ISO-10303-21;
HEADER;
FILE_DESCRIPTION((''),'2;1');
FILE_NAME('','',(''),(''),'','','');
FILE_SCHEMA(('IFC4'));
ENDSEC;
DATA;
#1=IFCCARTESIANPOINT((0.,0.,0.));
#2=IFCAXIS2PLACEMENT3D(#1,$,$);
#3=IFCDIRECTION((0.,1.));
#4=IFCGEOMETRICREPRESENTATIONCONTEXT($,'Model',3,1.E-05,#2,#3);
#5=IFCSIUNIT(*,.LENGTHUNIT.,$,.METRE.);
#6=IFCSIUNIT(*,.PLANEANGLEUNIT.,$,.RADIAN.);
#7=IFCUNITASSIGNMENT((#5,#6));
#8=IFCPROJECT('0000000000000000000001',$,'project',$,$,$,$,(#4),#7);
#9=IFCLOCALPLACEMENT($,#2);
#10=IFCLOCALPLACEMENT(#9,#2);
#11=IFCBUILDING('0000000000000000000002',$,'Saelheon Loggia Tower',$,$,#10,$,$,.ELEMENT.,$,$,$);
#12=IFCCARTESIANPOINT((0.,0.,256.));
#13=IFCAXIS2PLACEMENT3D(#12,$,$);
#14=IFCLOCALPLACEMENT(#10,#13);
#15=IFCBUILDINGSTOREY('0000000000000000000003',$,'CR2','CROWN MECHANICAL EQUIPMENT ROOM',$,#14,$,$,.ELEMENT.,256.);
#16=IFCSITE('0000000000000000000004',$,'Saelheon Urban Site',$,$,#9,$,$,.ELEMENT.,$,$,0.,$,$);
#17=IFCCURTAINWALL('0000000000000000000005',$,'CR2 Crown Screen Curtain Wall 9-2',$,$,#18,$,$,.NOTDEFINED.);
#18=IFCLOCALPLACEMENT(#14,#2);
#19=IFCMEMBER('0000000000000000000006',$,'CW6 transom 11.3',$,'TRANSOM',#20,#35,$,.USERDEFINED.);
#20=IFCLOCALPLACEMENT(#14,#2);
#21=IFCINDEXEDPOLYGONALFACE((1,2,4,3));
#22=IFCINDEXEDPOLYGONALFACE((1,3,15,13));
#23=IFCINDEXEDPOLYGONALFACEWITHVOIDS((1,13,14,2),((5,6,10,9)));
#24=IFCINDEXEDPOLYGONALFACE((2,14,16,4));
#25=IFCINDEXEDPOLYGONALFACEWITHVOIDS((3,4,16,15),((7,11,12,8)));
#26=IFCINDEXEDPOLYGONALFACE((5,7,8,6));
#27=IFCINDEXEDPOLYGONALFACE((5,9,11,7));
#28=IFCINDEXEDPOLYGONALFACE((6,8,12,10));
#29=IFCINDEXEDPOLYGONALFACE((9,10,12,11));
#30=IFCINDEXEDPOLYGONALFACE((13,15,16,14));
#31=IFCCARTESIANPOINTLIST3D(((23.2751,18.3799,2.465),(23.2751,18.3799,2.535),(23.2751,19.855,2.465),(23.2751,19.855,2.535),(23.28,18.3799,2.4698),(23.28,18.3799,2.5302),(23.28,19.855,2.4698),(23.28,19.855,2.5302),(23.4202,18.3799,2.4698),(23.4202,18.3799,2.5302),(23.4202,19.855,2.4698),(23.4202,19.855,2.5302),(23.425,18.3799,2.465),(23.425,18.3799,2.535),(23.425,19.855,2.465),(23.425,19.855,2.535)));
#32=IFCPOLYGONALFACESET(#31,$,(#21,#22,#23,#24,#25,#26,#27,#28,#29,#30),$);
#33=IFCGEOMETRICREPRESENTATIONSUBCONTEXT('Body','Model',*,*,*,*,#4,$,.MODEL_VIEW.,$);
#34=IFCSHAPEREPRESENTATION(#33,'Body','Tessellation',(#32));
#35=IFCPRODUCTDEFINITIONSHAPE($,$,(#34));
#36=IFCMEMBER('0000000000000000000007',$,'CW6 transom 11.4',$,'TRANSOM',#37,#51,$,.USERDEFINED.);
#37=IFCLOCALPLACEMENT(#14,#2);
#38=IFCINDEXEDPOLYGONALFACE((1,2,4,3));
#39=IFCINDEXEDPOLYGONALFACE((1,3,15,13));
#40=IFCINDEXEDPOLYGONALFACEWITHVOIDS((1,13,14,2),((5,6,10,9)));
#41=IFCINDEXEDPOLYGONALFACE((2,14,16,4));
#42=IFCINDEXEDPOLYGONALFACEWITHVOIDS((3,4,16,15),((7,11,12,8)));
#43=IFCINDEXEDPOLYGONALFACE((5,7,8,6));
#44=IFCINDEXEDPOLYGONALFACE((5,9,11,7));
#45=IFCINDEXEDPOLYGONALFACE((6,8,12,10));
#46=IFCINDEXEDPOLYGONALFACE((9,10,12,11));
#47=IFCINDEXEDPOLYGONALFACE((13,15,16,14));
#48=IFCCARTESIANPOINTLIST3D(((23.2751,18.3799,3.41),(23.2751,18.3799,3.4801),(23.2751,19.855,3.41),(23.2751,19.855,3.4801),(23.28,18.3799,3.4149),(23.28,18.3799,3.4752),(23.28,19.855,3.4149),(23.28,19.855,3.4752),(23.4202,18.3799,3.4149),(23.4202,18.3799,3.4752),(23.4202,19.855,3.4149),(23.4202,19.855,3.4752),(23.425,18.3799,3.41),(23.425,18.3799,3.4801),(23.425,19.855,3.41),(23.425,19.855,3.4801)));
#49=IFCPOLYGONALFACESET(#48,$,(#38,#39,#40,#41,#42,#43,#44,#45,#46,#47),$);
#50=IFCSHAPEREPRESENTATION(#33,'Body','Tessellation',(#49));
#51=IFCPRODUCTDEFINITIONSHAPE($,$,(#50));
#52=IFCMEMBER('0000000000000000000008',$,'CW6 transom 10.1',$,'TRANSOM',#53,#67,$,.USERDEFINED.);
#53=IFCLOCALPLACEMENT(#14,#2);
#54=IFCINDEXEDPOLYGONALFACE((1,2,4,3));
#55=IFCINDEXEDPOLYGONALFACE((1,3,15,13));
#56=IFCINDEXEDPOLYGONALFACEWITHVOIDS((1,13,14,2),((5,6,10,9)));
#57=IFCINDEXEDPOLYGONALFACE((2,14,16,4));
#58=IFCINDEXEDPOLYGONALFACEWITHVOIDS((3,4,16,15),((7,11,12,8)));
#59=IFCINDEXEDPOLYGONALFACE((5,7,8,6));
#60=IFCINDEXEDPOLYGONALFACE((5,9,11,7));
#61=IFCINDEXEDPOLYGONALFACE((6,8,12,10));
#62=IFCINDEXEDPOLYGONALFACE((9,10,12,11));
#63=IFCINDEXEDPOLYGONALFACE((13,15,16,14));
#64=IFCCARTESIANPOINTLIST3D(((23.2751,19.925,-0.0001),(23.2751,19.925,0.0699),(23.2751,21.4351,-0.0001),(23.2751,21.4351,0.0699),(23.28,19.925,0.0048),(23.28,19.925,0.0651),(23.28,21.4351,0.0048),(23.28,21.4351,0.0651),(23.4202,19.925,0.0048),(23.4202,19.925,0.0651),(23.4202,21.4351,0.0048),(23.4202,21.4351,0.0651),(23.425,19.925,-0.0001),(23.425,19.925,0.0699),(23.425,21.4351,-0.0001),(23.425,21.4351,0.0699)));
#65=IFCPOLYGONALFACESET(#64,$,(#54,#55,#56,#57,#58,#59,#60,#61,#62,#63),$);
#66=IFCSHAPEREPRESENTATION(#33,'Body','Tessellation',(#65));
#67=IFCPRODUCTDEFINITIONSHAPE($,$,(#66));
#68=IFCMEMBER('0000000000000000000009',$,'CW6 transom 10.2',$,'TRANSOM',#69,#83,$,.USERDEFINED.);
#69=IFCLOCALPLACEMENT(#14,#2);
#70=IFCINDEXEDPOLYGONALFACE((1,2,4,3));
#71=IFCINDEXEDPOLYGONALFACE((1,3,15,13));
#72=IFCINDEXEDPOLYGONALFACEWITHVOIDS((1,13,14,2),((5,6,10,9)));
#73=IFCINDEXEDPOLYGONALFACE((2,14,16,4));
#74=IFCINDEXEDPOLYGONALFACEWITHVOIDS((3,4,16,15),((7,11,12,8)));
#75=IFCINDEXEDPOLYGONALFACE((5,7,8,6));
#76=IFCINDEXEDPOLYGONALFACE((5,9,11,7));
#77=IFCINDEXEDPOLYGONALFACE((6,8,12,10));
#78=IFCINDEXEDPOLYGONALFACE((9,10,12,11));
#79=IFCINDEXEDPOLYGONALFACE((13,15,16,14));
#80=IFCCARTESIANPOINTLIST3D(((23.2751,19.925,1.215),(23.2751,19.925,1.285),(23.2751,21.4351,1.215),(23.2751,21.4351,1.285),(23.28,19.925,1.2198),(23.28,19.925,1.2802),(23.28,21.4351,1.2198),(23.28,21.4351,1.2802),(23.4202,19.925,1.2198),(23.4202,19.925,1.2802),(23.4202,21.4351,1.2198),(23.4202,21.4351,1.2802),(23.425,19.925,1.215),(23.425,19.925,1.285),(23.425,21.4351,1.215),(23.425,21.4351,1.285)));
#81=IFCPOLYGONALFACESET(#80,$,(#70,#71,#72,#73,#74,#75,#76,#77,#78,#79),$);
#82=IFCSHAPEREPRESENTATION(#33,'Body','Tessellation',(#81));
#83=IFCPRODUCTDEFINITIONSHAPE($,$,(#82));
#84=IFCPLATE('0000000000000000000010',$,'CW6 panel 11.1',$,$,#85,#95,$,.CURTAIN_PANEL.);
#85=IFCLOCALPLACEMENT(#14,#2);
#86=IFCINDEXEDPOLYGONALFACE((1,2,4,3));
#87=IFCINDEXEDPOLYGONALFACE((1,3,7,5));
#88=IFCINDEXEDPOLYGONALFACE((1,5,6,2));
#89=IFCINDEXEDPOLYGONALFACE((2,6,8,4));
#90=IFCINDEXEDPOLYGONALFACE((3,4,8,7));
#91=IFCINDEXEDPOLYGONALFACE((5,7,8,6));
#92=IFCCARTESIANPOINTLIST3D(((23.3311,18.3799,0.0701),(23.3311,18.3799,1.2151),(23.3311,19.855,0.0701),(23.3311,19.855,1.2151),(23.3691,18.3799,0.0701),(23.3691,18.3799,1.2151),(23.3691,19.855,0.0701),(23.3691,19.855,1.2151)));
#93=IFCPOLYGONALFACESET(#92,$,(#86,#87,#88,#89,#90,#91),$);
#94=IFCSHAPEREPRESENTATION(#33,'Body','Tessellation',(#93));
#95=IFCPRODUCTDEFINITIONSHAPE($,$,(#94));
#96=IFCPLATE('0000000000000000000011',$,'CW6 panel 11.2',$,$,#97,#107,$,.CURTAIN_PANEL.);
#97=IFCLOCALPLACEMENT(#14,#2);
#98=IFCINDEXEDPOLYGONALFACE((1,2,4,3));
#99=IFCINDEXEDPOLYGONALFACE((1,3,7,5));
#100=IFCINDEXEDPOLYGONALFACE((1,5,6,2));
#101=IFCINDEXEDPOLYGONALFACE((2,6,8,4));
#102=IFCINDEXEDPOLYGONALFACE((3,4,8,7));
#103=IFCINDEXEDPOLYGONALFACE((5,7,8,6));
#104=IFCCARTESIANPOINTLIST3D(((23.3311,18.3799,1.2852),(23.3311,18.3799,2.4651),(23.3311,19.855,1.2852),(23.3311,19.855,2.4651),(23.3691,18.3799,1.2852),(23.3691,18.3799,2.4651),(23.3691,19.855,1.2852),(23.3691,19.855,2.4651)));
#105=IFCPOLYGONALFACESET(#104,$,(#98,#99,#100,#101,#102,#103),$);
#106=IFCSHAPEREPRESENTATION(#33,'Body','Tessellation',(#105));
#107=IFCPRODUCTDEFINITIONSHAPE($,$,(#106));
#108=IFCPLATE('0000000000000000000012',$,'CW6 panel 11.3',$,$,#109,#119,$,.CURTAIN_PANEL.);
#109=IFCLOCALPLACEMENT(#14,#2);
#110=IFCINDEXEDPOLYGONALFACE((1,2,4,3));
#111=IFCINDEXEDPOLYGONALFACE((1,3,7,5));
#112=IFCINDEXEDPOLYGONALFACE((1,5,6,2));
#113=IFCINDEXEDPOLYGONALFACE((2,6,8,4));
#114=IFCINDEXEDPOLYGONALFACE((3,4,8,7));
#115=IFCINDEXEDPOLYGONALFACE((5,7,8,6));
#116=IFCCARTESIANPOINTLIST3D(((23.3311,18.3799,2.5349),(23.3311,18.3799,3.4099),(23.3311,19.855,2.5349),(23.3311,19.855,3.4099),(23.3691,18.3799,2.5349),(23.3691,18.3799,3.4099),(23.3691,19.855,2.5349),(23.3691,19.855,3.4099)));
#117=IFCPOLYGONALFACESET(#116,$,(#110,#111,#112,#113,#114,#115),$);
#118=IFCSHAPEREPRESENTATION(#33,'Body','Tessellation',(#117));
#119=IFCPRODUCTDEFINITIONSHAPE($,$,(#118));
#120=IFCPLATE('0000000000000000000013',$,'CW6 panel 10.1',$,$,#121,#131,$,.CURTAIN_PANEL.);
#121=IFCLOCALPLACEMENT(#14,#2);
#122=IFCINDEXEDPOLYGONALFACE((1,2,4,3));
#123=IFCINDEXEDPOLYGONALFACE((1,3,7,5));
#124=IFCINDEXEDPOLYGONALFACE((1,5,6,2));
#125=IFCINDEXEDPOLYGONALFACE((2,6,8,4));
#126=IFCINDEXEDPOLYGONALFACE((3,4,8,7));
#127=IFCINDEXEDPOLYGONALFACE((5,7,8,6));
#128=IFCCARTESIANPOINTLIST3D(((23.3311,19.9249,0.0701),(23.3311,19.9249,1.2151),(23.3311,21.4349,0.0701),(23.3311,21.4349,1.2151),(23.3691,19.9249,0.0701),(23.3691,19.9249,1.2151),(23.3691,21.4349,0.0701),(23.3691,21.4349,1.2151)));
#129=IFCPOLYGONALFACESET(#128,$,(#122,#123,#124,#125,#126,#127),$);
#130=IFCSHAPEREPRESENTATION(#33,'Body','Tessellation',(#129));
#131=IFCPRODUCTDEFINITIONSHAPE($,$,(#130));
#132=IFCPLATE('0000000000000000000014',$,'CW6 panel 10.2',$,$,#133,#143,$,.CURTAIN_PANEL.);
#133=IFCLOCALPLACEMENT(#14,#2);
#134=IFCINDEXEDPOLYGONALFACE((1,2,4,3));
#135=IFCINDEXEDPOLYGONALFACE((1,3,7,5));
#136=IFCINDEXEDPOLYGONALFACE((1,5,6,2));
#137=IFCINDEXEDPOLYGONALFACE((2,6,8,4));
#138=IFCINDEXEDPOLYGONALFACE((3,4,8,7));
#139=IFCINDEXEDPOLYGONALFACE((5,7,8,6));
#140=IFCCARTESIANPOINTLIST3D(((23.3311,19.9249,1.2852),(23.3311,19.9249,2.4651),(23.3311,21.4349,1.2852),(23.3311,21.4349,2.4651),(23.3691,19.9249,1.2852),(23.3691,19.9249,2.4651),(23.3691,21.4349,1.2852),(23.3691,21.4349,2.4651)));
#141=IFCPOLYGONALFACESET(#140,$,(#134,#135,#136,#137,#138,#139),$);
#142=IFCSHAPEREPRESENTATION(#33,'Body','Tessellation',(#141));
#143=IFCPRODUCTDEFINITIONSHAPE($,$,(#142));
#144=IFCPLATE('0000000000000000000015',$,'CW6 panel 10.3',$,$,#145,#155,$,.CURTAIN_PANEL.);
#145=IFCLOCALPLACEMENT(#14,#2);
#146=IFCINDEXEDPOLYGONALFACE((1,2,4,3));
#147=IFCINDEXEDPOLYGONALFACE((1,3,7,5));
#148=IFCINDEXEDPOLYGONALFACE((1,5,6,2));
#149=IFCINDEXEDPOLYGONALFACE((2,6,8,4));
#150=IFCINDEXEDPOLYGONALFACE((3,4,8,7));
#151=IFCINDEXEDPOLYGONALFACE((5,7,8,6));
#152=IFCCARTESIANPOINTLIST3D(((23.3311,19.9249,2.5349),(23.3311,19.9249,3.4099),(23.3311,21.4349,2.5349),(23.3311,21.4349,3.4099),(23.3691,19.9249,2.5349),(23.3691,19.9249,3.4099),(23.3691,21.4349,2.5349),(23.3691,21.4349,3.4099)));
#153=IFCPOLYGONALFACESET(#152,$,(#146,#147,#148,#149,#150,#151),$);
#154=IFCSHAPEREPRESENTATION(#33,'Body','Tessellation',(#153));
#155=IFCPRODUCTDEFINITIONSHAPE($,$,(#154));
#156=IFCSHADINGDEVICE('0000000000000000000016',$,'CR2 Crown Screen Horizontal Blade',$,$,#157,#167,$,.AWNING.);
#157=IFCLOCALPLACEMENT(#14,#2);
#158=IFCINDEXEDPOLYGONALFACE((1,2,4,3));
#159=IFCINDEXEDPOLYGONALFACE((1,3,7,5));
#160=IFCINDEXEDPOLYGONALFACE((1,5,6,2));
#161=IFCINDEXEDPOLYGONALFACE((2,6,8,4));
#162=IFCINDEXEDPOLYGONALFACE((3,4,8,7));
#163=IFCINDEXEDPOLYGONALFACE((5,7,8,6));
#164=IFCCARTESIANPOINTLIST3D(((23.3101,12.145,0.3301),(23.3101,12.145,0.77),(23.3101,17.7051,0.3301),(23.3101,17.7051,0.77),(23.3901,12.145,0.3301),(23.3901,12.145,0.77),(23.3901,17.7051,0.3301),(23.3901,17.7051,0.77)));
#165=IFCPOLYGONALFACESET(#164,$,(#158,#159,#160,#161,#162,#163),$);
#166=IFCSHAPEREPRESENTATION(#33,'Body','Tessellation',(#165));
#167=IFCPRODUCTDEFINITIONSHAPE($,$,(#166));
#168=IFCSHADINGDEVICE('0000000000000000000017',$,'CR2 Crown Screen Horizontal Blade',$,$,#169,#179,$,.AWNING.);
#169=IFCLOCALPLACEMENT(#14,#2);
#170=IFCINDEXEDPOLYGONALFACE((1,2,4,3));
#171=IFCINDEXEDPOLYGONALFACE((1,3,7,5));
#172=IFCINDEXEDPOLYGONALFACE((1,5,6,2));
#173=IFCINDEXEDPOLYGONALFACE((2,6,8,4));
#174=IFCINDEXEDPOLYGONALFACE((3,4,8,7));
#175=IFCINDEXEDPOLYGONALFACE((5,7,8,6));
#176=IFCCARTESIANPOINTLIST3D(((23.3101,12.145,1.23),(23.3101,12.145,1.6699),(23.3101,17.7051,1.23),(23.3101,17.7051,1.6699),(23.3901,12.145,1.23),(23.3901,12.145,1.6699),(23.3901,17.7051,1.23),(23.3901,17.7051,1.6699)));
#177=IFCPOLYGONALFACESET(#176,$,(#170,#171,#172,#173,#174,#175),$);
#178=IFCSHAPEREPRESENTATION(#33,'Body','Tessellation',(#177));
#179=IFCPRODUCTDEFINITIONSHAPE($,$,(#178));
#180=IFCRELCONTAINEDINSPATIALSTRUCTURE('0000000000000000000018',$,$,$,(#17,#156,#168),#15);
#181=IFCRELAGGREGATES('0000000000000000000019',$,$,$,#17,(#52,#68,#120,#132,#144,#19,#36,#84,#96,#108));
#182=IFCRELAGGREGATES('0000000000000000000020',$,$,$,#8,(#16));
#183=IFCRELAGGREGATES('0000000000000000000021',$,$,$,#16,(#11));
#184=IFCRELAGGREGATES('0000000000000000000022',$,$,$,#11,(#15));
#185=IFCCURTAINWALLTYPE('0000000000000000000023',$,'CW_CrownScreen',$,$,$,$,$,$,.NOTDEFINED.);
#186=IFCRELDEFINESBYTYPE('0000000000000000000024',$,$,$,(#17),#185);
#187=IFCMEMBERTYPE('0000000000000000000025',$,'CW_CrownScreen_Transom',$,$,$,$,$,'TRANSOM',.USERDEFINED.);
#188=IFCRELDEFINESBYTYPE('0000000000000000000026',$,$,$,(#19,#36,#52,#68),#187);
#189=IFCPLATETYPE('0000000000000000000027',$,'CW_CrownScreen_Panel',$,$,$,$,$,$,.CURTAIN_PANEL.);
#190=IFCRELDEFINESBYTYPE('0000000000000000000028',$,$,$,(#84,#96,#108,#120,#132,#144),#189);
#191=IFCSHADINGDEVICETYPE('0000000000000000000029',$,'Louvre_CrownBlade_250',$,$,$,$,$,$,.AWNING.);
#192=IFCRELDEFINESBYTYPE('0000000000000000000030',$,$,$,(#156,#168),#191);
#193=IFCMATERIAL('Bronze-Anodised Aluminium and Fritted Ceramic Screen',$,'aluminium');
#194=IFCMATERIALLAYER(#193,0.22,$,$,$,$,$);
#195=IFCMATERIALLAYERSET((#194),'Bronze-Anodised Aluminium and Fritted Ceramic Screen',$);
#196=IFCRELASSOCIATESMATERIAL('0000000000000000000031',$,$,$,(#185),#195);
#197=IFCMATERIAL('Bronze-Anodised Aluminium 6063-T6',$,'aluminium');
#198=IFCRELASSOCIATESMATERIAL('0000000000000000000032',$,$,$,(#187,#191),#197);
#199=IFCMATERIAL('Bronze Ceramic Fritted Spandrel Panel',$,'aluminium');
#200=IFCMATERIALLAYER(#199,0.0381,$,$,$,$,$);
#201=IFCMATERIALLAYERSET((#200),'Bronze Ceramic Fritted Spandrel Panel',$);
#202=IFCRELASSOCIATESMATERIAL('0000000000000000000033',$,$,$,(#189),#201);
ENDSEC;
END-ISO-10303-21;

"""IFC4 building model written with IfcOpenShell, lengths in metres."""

from ifc_helpers import new_model, si_unit, direction, frame, origin, origin_2d, place, context, subcontext, project, spatial, rectangle, hollow_rectangle, extrude, source, transform, mapped, material, layer, layer_set, material_profile, profile_set, type_object, element, aggregate, save


model = new_model("IFC4")

# Units and contexts
model_context = context("Model", 3, precision=1e-05, world=origin(), true_north=direction((0.0, 1.0)))
body_context = subcontext(model_context, "Body", "Model", "MODEL_VIEW")
ifc_project = project(units=[si_unit("LENGTHUNIT", "METRE"), si_unit("PLANEANGLEUNIT", "RADIAN")], contexts=[model_context])

# Site, building, storey
site_placement = place(None, origin())
site = spatial("IfcSite", under=ifc_project, at=site_placement, Name="Saelheon Urban Site", CompositionType="ELEMENT", RefElevation=0.0)
building_placement = place(site_placement, origin())
building = spatial("IfcBuilding", under=site, at=building_placement, Name="Saelheon Loggia Tower", CompositionType="ELEMENT")
storey_placement = place(building_placement, frame((0.0, 0.0, 256.0)))
storey = spatial("IfcBuildingStorey", under=building, at=storey_placement, Name="CR2", Description="CROWN MECHANICAL EQUIPMENT ROOM", CompositionType="ELEMENT", Elevation=256.0)

# Curtain wall
ifc_material_1 = material(Name="Bronze-Anodised Aluminium and Fritted Ceramic Screen", Category="aluminium")
ifc_layer_1 = layer(ifc_material_1, 0.22)
ifc_layer_set_1 = layer_set([ifc_layer_1], Name="Bronze-Anodised Aluminium and Fritted Ceramic Screen")
curtain_wall_type = type_object("IfcCurtainWallType", Name="CW_CrownScreen", PredefinedType="NOTDEFINED", material=ifc_layer_set_1)
curtain_wall_1_placement = place(storey_placement, origin())
curtain_wall_1 = element("IfcCurtainWall", 1, at=curtain_wall_1_placement, inside=storey, type_object=curtain_wall_type, Name="CR2 Crown Screen Curtain Wall 9-2", PredefinedType="NOTDEFINED")
ifc_material_2 = material(Name="Bronze-Anodised Aluminium 6063-T6", Category="aluminium")
ifc_material_profile_1 = material_profile(ifc_material_2, hollow_rectangle(XDim=0.0701, YDim=0.1499, WallThickness=0.0049, at=origin_2d()), Name="RHS-150x70x5")
ifc_profile_set_1 = profile_set([ifc_material_profile_1], Name="Bronze-Anodised Aluminium 6063-T6")
member_type_1 = type_object("IfcMemberType", Name="CW_CrownScreen_Transom", ElementType="TRANSOM", PredefinedType="USERDEFINED", material=ifc_profile_set_1)

# Members
shared_shape_1 = source(origin(), body_context, "Body", "SweptSolid", [
    extrude(hollow_rectangle(XDim=0.0701, YDim=0.1499, WallThickness=0.0049, at=origin_2d()), origin(), (0.0, 0.0, 1.0), 1.4751),
])
member_1_placement = place(storey_placement, frame((23.3501, 19.855, 2.5), z_axis=(0.0, -1.0, 0.0), x_axis=(0.0, 0.0, 1.0)))
member_1 = element("IfcMember", 2, at=member_1_placement, type_object=member_type_1, Name="CW6 transom 11.3", ObjectType="TRANSOM", PredefinedType="USERDEFINED", context=body_context, shape_type="MappedRepresentation", body=[
    mapped(shared_shape_1, transform((0.0, 0.0, 0.0), scale=1.0)),
])
member_2_placement = place(storey_placement, frame((23.3501, 19.855, 3.4451), z_axis=(0.0, -1.0, 0.0), x_axis=(0.0, 0.0, 1.0)))
member_2 = element("IfcMember", 3, at=member_2_placement, type_object=member_type_1, Name="CW6 transom 11.4", ObjectType="TRANSOM", PredefinedType="USERDEFINED", context=body_context, shape_type="MappedRepresentation", body=[
    mapped(shared_shape_1, transform((0.0, 0.0, 0.0), scale=1.0)),
])
shared_shape_2 = source(origin(), body_context, "Body", "SweptSolid", [
    extrude(hollow_rectangle(XDim=0.0701, YDim=0.1499, WallThickness=0.0049, at=origin_2d()), origin(), (0.0, 0.0, 1.0), 1.51),
])
member_3_placement = place(storey_placement, frame((23.3501, 21.4351, 0.0349), z_axis=(0.0, -1.0, 0.0), x_axis=(0.0, 0.0, 1.0)))
member_3 = element("IfcMember", 4, at=member_3_placement, type_object=member_type_1, Name="CW6 transom 10.1", ObjectType="TRANSOM", PredefinedType="USERDEFINED", context=body_context, shape_type="MappedRepresentation", body=[
    mapped(shared_shape_2, transform((0.0, 0.0, 0.0), scale=1.0)),
])
member_4_placement = place(storey_placement, frame((23.3501, 21.4351, 1.25), z_axis=(0.0, -1.0, 0.0), x_axis=(0.0, 0.0, 1.0)))
member_4 = element("IfcMember", 5, at=member_4_placement, type_object=member_type_1, Name="CW6 transom 10.2", ObjectType="TRANSOM", PredefinedType="USERDEFINED", context=body_context, shape_type="MappedRepresentation", body=[
    mapped(shared_shape_2, transform((0.0, 0.0, 0.0), scale=1.0)),
])

# Plates
ifc_material_3 = material(Name="Bronze Ceramic Fritted Spandrel Panel", Category="aluminium")
ifc_layer_2 = layer(ifc_material_3, 0.0381)
ifc_layer_set_2 = layer_set([ifc_layer_2], Name="Bronze Ceramic Fritted Spandrel Panel")
plate_type = type_object("IfcPlateType", Name="CW_CrownScreen_Panel", PredefinedType="CURTAIN_PANEL", material=ifc_layer_set_2)
shared_shape_3 = source(origin(), body_context, "Body", "SweptSolid", [
    extrude(rectangle(XDim=1.4751, YDim=0.0381, at=origin_2d()), origin(), (0.0, 0.0, 1.0), 1.145),
])
plate_1_placement = place(storey_placement, frame((23.3501, 19.1174, 0.0701), z_axis=(0.0, 0.0, 1.0), x_axis=(0.0, -1.0, 0.0)))
plate_1 = element("IfcPlate", 6, at=plate_1_placement, type_object=plate_type, Name="CW6 panel 11.1", PredefinedType="CURTAIN_PANEL", context=body_context, shape_type="MappedRepresentation", body=[
    mapped(shared_shape_3, transform((0.0, 0.0, 0.0), scale=1.0)),
])
shared_shape_4 = source(origin(), body_context, "Body", "SweptSolid", [
    extrude(rectangle(XDim=1.4751, YDim=0.0381, at=origin_2d()), origin(), (0.0, 0.0, 1.0), 1.1799),
])
plate_2_placement = place(storey_placement, frame((23.3501, 19.1174, 1.2852), z_axis=(0.0, 0.0, 1.0), x_axis=(0.0, -1.0, 0.0)))
plate_2 = element("IfcPlate", 7, at=plate_2_placement, type_object=plate_type, Name="CW6 panel 11.2", PredefinedType="CURTAIN_PANEL", context=body_context, shape_type="MappedRepresentation", body=[
    mapped(shared_shape_4, transform((0.0, 0.0, 0.0), scale=1.0)),
])
shared_shape_5 = source(origin(), body_context, "Body", "SweptSolid", [
    extrude(rectangle(XDim=1.4751, YDim=0.0381, at=origin_2d()), origin(), (0.0, 0.0, 1.0), 0.875),
])
plate_3_placement = place(storey_placement, frame((23.3501, 19.1174, 2.5349), z_axis=(0.0, 0.0, 1.0), x_axis=(0.0, -1.0, 0.0)))
plate_3 = element("IfcPlate", 8, at=plate_3_placement, type_object=plate_type, Name="CW6 panel 11.3", PredefinedType="CURTAIN_PANEL", context=body_context, shape_type="MappedRepresentation", body=[
    mapped(shared_shape_5, transform((0.0, 0.0, 0.0), scale=1.0)),
])
shared_shape_6 = source(origin(), body_context, "Body", "SweptSolid", [
    extrude(rectangle(XDim=1.51, YDim=0.0381, at=origin_2d()), origin(), (0.0, 0.0, 1.0), 1.145),
])
plate_4_placement = place(storey_placement, frame((23.3501, 20.6799, 0.0701), z_axis=(0.0, 0.0, 1.0), x_axis=(0.0, -1.0, 0.0)))
plate_4 = element("IfcPlate", 9, at=plate_4_placement, type_object=plate_type, Name="CW6 panel 10.1", PredefinedType="CURTAIN_PANEL", context=body_context, shape_type="MappedRepresentation", body=[
    mapped(shared_shape_6, transform((0.0, 0.0, 0.0), scale=1.0)),
])
shared_shape_7 = source(origin(), body_context, "Body", "SweptSolid", [
    extrude(rectangle(XDim=1.51, YDim=0.0381, at=origin_2d()), origin(), (0.0, 0.0, 1.0), 1.1799),
])
plate_5_placement = place(storey_placement, frame((23.3501, 20.6799, 1.2852), z_axis=(0.0, 0.0, 1.0), x_axis=(0.0, -1.0, 0.0)))
plate_5 = element("IfcPlate", 10, at=plate_5_placement, type_object=plate_type, Name="CW6 panel 10.2", PredefinedType="CURTAIN_PANEL", context=body_context, shape_type="MappedRepresentation", body=[
    mapped(shared_shape_7, transform((0.0, 0.0, 0.0), scale=1.0)),
])
shared_shape_8 = source(origin(), body_context, "Body", "SweptSolid", [
    extrude(rectangle(XDim=1.51, YDim=0.0381, at=origin_2d()), origin(), (0.0, 0.0, 1.0), 0.875),
])
plate_6_placement = place(storey_placement, frame((23.3501, 20.6799, 2.5349), z_axis=(0.0, 0.0, 1.0), x_axis=(0.0, -1.0, 0.0)))
plate_6 = element("IfcPlate", 11, at=plate_6_placement, type_object=plate_type, Name="CW6 panel 10.3", PredefinedType="CURTAIN_PANEL", context=body_context, shape_type="MappedRepresentation", body=[
    mapped(shared_shape_8, transform((0.0, 0.0, 0.0), scale=1.0)),
])
aggregate(curtain_wall_1, [member_3, member_4, plate_4, plate_5, plate_6, member_1, member_2, plate_1, plate_2, plate_3])

# Shading devices
ifc_material_profile_2 = material_profile(ifc_material_2, rectangle(XDim=0.0801, YDim=0.4399, at=origin_2d()), Name="Louvre_CrownBlade_250")
ifc_profile_set_2 = profile_set([ifc_material_profile_2], Name="Bronze-Anodised Aluminium 6063-T6")
shading_device_type = type_object("IfcShadingDeviceType", Name="Louvre_CrownBlade_250", PredefinedType="AWNING", material=ifc_profile_set_2)
shared_shape_9 = source(origin(), body_context, "Body", "SweptSolid", [
    extrude(rectangle(XDim=0.0801, YDim=0.4399, at=origin_2d()), origin(), (0.0, 0.0, 1.0), 5.5601),
])
for number, where, z_axis, x_axis, name in (
    (12, (23.3501, 17.7051, 0.55), (0.0, -1.0, 0.0), (1.0, 0.0, 0.0), "CR2 Crown Screen Horizontal Blade"),
    (13, (23.3501, 17.7051, 1.45), (0.0, -1.0, 0.0), (1.0, 0.0, 0.0), "CR2 Crown Screen Horizontal Blade"),
):
    element("IfcShadingDevice", number, at=place(storey_placement, frame(where, z_axis=z_axis, x_axis=x_axis)), inside=storey, type_object=shading_device_type, Name=name, PredefinedType="AWNING", context=body_context, shape_type="MappedRepresentation", body=[
        mapped(shared_shape_9, transform((0.0, 0.0, 0.0), scale=1.0)),
    ])

save(model, "model.ifc")
